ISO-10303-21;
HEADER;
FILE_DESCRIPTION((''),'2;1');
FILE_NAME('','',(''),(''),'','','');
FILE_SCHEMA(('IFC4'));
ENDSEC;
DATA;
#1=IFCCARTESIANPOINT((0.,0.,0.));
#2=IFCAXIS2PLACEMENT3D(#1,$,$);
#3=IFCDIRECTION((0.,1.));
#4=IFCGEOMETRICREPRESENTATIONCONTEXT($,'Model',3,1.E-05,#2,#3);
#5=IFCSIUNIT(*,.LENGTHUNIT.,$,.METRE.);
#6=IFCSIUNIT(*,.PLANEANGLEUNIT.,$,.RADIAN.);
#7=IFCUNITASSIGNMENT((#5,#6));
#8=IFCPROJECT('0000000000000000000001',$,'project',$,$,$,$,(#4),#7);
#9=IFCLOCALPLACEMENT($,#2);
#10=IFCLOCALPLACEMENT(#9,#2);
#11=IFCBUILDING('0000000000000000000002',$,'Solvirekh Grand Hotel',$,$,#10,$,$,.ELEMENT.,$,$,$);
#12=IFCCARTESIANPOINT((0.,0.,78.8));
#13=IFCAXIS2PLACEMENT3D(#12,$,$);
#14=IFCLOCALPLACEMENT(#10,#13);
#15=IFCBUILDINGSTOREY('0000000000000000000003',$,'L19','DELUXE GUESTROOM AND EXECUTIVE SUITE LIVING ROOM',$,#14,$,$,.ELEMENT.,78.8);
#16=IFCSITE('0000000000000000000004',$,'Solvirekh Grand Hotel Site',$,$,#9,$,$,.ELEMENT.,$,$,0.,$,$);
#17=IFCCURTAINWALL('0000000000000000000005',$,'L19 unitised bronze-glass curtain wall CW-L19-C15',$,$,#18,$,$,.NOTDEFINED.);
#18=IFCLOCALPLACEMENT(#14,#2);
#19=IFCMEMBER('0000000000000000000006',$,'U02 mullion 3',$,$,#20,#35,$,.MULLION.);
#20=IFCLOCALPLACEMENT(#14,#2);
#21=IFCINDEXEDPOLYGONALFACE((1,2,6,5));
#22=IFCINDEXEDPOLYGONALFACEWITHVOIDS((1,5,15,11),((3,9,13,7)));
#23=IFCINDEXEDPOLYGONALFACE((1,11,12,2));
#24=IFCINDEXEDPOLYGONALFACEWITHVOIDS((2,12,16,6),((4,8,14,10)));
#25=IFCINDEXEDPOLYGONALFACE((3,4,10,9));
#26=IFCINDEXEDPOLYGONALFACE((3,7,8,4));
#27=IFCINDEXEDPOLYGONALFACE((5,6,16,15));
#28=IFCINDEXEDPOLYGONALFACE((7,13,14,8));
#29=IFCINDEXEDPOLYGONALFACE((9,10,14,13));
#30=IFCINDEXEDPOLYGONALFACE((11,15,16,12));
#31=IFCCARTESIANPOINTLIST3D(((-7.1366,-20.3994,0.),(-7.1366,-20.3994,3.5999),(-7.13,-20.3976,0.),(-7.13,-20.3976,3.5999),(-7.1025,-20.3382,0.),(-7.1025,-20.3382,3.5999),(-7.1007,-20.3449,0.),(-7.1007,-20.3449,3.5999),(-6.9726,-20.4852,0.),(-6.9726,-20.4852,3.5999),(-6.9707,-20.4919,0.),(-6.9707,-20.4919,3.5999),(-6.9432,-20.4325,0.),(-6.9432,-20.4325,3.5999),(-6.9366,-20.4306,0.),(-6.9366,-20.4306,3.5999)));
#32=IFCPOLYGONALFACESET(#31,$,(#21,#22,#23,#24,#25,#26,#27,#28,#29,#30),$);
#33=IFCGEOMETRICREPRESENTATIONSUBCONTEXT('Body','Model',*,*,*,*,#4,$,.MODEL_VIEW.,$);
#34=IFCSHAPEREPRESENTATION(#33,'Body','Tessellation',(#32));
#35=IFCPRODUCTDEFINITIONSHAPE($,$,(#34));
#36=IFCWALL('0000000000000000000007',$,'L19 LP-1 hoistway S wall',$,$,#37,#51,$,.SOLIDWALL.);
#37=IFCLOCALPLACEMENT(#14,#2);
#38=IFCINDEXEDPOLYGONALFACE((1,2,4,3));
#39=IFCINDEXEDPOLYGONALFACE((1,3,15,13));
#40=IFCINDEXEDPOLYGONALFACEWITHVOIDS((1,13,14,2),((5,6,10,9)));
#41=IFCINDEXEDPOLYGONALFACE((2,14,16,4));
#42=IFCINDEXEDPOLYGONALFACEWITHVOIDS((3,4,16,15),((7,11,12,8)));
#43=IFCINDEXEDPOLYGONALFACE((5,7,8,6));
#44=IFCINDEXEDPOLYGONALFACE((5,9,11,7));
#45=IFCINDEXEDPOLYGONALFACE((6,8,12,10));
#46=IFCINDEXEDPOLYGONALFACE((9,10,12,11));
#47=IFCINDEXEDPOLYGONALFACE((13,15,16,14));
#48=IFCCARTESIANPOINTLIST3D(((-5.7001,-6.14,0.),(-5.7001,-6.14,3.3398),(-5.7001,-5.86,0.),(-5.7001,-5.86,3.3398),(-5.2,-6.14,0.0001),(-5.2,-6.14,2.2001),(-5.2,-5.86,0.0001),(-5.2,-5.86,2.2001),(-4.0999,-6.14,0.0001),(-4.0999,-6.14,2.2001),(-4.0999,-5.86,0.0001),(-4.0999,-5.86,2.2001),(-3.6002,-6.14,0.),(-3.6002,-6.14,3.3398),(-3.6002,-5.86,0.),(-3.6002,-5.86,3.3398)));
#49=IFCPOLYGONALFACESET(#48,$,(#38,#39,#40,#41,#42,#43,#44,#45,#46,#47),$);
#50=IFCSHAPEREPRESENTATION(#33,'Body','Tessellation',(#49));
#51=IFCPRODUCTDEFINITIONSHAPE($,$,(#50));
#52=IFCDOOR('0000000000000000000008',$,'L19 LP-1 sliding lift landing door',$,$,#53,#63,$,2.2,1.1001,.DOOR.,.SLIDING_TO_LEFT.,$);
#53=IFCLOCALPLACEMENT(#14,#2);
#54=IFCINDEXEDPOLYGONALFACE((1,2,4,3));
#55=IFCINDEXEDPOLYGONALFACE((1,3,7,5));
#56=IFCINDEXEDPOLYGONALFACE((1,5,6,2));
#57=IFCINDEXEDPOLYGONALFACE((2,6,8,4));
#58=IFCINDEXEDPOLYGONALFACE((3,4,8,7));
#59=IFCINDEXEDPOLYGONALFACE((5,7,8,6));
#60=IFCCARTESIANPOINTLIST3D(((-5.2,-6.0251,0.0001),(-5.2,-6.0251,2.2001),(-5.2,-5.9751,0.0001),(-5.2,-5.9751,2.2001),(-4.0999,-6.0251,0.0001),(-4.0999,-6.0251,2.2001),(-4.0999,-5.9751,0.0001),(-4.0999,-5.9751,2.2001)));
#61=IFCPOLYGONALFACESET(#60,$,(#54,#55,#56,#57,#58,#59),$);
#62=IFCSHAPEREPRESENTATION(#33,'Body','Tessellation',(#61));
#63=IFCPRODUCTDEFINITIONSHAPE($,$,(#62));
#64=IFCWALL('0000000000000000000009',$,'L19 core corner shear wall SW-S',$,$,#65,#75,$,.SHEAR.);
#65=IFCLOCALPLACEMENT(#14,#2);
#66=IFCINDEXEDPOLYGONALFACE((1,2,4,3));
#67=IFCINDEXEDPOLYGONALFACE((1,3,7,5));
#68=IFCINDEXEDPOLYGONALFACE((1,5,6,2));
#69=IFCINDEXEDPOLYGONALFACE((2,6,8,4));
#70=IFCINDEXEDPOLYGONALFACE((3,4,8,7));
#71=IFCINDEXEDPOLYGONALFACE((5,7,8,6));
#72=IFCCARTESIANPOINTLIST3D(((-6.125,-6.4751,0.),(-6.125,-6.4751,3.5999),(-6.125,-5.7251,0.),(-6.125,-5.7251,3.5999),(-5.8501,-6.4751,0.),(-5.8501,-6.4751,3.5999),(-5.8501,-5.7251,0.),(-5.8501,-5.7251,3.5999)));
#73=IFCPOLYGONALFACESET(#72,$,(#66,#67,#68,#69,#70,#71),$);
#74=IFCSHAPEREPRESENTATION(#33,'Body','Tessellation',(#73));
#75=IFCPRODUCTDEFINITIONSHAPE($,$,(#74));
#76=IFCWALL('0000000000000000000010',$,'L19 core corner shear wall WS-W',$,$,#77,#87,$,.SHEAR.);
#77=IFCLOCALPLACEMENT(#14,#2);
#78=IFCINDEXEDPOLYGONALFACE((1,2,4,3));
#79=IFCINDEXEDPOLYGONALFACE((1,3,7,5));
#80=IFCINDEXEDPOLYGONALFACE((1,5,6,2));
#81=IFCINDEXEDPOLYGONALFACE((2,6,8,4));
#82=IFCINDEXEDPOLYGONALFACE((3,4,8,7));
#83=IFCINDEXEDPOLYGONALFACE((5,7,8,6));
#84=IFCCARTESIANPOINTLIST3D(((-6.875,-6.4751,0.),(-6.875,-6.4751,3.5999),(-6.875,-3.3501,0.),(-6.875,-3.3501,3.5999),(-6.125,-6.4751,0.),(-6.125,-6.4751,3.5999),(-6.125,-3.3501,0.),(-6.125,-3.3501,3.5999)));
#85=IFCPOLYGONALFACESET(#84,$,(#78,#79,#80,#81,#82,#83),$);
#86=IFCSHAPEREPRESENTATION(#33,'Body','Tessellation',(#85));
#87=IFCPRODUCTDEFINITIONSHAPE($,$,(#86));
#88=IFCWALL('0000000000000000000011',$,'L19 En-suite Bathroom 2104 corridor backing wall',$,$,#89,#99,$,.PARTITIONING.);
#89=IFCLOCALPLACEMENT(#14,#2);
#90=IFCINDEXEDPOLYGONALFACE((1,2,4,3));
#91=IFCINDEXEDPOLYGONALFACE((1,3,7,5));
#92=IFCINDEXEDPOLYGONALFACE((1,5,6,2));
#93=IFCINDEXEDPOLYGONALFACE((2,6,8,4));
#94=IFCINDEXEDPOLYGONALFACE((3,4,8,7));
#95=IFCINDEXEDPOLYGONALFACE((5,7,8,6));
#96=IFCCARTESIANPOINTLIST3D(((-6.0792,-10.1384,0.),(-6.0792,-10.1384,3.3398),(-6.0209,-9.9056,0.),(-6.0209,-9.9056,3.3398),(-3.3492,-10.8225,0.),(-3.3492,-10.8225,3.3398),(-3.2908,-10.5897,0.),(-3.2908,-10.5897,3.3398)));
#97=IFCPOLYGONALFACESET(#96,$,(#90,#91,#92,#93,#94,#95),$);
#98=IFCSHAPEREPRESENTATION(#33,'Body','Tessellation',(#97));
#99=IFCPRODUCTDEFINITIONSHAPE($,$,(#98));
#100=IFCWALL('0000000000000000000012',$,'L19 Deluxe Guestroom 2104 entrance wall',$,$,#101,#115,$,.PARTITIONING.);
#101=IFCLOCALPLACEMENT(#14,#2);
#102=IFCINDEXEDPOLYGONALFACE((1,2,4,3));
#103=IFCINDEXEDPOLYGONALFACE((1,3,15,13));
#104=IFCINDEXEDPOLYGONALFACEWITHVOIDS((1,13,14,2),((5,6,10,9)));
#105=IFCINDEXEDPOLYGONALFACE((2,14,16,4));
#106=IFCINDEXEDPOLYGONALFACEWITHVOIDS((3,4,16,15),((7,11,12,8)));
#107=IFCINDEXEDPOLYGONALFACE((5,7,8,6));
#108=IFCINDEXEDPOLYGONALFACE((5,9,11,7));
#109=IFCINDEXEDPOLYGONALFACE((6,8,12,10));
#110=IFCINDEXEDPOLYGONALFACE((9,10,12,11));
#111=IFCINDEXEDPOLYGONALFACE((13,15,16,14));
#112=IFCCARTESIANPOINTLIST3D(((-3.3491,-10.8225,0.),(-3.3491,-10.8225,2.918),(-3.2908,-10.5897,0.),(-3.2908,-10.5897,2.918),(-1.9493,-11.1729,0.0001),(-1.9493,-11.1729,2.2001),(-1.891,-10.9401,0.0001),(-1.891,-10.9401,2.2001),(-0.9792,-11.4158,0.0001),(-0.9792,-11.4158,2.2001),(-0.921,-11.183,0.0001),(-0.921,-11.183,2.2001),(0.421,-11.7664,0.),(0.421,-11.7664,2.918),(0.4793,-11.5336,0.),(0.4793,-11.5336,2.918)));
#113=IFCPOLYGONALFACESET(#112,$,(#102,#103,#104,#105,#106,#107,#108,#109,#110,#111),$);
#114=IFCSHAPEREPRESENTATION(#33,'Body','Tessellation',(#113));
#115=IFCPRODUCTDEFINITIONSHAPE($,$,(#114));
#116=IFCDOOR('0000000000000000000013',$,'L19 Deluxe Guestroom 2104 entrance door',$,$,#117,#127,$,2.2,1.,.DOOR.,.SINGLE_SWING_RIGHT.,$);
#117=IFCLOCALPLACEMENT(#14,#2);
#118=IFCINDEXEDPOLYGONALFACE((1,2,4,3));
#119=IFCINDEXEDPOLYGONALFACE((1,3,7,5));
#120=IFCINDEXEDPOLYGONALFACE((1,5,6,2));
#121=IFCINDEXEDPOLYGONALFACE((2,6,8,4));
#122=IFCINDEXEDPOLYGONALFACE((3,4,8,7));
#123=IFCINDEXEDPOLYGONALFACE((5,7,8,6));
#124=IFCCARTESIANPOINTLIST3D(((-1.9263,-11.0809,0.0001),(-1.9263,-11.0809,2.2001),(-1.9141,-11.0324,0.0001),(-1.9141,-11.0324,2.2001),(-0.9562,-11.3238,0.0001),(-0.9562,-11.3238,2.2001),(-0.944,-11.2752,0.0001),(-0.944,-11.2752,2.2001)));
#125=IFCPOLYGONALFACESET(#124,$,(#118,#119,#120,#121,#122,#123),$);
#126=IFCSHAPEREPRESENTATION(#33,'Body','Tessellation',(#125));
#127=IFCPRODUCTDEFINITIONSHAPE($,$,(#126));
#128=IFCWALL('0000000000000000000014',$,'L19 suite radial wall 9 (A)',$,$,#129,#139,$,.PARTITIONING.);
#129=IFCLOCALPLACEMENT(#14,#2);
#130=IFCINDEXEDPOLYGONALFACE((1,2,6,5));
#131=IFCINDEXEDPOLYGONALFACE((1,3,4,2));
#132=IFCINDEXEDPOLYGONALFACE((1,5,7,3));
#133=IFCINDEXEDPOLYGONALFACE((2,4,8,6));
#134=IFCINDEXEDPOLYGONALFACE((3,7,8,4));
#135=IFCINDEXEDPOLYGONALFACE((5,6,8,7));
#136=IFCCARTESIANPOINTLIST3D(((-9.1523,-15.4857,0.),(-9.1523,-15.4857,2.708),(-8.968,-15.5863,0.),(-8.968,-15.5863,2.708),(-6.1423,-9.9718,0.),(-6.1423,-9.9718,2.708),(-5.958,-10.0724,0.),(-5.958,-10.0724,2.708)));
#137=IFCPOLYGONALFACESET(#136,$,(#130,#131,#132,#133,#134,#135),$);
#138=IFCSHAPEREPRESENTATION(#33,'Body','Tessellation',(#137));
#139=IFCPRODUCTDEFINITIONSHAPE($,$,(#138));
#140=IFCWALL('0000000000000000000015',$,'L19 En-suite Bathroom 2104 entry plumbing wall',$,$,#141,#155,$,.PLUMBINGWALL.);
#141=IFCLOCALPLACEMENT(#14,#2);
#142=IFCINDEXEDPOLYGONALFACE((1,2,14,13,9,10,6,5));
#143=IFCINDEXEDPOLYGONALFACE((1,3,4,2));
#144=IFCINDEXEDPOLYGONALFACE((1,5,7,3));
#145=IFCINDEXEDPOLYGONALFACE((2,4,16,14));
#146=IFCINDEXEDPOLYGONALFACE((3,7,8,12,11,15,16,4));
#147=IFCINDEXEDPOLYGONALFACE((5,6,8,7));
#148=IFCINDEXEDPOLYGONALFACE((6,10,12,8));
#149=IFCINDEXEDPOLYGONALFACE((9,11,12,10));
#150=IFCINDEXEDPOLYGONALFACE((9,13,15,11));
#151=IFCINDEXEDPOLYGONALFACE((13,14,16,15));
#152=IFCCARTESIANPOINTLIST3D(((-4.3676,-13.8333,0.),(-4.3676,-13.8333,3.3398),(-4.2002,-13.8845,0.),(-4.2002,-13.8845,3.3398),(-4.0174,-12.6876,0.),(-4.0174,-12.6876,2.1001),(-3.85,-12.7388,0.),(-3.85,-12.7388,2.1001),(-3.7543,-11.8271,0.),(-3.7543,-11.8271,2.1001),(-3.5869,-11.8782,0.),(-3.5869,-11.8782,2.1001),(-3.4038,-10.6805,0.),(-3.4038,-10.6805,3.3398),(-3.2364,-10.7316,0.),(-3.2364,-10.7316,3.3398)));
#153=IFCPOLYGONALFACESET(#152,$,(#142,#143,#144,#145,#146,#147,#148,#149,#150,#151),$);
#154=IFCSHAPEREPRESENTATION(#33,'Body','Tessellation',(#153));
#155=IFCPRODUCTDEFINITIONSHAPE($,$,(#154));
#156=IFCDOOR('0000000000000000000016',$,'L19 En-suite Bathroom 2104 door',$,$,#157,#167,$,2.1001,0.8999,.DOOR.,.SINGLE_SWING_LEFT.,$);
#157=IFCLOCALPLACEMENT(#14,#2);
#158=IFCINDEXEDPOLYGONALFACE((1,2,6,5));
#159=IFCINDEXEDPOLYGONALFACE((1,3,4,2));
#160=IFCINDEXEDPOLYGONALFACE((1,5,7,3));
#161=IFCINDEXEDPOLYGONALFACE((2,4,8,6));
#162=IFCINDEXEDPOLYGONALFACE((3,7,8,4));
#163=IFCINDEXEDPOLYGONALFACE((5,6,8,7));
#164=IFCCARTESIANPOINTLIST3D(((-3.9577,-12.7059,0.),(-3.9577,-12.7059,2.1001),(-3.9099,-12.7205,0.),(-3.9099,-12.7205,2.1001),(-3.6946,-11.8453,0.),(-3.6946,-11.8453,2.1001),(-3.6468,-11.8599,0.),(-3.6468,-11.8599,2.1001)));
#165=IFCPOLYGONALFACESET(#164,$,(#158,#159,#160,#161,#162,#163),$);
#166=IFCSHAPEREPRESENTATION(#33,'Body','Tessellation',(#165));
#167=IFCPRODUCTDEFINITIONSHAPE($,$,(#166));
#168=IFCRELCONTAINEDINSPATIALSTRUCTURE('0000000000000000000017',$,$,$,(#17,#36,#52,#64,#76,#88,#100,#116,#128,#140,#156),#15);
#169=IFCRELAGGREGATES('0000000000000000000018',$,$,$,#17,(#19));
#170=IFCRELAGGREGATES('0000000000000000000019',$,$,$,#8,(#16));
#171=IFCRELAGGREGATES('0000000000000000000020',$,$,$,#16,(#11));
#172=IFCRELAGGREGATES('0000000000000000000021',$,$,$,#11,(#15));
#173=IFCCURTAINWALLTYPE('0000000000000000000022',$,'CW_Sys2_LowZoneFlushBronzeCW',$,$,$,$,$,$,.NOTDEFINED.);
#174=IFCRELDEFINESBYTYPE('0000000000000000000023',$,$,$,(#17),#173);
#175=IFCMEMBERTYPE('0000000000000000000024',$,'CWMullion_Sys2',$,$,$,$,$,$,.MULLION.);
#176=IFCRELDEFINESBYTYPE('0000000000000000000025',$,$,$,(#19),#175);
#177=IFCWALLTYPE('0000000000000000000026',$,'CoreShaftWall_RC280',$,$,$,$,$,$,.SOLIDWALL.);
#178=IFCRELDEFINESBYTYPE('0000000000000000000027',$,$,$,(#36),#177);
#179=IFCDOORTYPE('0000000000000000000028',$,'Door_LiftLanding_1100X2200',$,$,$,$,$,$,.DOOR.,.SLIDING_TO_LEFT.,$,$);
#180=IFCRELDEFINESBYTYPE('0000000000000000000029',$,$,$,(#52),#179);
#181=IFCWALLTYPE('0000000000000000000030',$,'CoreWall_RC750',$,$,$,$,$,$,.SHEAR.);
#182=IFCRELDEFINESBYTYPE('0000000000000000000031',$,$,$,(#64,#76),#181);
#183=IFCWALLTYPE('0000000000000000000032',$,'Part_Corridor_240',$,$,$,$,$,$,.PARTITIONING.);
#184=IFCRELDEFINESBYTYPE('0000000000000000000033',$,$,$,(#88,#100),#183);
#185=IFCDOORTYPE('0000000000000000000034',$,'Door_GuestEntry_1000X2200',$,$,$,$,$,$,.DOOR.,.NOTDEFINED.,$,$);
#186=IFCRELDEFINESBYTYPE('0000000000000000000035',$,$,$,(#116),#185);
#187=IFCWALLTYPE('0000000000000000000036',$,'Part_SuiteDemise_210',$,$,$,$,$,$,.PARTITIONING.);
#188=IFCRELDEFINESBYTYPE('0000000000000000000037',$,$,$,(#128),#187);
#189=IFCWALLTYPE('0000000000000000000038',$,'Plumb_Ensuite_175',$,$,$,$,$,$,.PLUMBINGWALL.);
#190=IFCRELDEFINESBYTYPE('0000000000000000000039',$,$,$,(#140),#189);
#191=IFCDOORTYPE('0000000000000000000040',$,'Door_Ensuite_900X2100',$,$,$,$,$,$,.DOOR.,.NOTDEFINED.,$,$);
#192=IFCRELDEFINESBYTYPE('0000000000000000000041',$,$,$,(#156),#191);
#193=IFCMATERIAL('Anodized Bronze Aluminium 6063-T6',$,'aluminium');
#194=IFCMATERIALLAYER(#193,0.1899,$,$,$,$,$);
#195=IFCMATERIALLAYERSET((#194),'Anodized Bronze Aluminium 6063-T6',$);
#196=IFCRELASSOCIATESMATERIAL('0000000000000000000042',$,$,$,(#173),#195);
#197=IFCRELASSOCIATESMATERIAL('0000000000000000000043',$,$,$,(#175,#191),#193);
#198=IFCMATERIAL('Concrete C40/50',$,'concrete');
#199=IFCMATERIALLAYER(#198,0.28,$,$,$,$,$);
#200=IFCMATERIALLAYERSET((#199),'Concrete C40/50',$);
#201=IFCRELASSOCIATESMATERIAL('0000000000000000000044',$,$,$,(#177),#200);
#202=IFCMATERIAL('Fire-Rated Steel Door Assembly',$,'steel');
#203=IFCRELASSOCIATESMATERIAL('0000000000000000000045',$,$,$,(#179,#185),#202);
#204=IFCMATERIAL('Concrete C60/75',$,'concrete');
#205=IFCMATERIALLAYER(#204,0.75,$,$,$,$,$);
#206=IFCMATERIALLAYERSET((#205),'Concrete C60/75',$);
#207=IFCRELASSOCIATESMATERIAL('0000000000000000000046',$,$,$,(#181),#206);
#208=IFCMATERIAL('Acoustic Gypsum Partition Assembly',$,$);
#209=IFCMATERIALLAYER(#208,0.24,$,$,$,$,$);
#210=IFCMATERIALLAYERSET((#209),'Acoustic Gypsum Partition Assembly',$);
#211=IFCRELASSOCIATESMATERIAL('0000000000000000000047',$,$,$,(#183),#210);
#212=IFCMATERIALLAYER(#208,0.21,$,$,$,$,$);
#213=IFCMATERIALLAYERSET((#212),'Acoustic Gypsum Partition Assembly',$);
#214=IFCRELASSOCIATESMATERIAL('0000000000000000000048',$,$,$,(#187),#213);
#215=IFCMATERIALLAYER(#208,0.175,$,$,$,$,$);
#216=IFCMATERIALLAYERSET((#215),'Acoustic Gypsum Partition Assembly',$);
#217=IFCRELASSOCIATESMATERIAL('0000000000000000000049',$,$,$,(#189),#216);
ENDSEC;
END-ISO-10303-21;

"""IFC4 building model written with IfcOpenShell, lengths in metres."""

from ifc_helpers import new_model, si_unit, direction, frame, frame_2d, origin, origin_2d, place, context, subcontext, project, spatial, rectangle, hollow_rectangle, extrude, source, transform, mapped, material, layer, layer_set, material_profile, profile_set, type_object, element, fill, aggregate, save


model = new_model("IFC4")

# Units and contexts
model_context = context("Model", 3, precision=1e-05, world=origin(), true_north=direction((0.0, 1.0)))
body_context = subcontext(model_context, "Body", "Model", "MODEL_VIEW")
ifc_project = project(units=[si_unit("LENGTHUNIT", "METRE"), si_unit("PLANEANGLEUNIT", "RADIAN")], contexts=[model_context])

# Site, building, storey
site_placement = place(None, origin())
site = spatial("IfcSite", under=ifc_project, at=site_placement, Name="Solvirekh Grand Hotel Site", CompositionType="ELEMENT", RefElevation=0.0)
building_placement = place(site_placement, origin())
building = spatial("IfcBuilding", under=site, at=building_placement, Name="Solvirekh Grand Hotel", CompositionType="ELEMENT")
storey_placement = place(building_placement, frame((0.0, 0.0, 78.8)))
storey = spatial("IfcBuildingStorey", under=building, at=storey_placement, Name="L19", Description="DELUXE GUESTROOM AND EXECUTIVE SUITE LIVING ROOM", CompositionType="ELEMENT", Elevation=78.8)

# Shared definitions
ifc_material_1 = material(Name="Concrete C60/75", Category="concrete")

# Curtain wall, member
ifc_material_2 = material(Name="Anodized Bronze Aluminium 6063-T6", Category="aluminium")
ifc_layer_1 = layer(ifc_material_2, 0.1899)
ifc_layer_set_1 = layer_set([ifc_layer_1], Name="Anodized Bronze Aluminium 6063-T6")
curtain_wall_type = type_object("IfcCurtainWallType", Name="CW_Sys2_LowZoneFlushBronzeCW", PredefinedType="NOTDEFINED", material=ifc_layer_set_1)
curtain_wall_placement = place(storey_placement, origin())
curtain_wall = element("IfcCurtainWall", 1, at=curtain_wall_placement, inside=storey, type_object=curtain_wall_type, Name="L19 unitised bronze-glass curtain wall CW-L19-C15", PredefinedType="NOTDEFINED")
ifc_material_profile_1 = material_profile(ifc_material_2, hollow_rectangle(XDim=0.0701, YDim=0.1899, WallThickness=0.0049, at=origin_2d()), Name="ALU RHS 190X70X5")
ifc_profile_set_1 = profile_set([ifc_material_profile_1], Name="Anodized Bronze Aluminium 6063-T6")
member_type = type_object("IfcMemberType", Name="CWMullion_Sys2", PredefinedType="MULLION", material=ifc_profile_set_1)
shared_shape = source(origin(), body_context, "Body", "SweptSolid", [
    extrude(hollow_rectangle(XDim=0.0701, YDim=0.1899, WallThickness=0.0049, at=origin_2d()), origin(), (0.0, 0.0, 1.0), 3.5999),
])
member_placement = place(storey_placement, frame((-7.0366, -20.415, 0.0), z_axis=(0.0, 0.0, 1.0), x_axis=(0.486521, 0.873669, 0.0)))
member = element("IfcMember", 2, at=member_placement, type_object=member_type, Name="U02 mullion 3", PredefinedType="MULLION", context=body_context, shape_type="MappedRepresentation", body=[
    mapped(shared_shape, transform((0.0, 0.0, 0.0), x_axis=(1.0, 0.0, 0.0), y_axis=(0.0, 1.0, 0.0), z_axis=(0.0, 0.0, 1.0), scale=1.0)),
])
aggregate(curtain_wall, [member])

# Wall, opening, door
ifc_material_3 = material(Name="Concrete C40/50", Category="concrete")
ifc_layer_2 = layer(ifc_material_3, 0.28)
ifc_layer_set_2 = layer_set([ifc_layer_2], Name="Concrete C40/50")
wall_type_1 = type_object("IfcWallType", Name="CoreShaftWall_RC280", PredefinedType="SOLIDWALL", material=ifc_layer_set_2)
wall_1_placement = place(storey_placement, frame((-5.7, -6.0, 0.0), z_axis=(0.0, 0.0, 1.0), x_axis=(1.0, 0.0, 0.0)))
wall_1 = element("IfcWall", 3, at=wall_1_placement, inside=storey, type_object=wall_type_1, Name="L19 LP-1 hoistway S wall", PredefinedType="SOLIDWALL", context=body_context, shape_type="SweptSolid", body=[
    extrude(rectangle(XDim=2.0999, YDim=0.28, at=frame_2d((1.0498, 0.0))), origin(), (0.0, 0.0, 1.0), 3.3398),
])
opening_1_placement = place(wall_1_placement, frame((0.5, 0.0, 0.0)))
opening_1 = element("IfcOpeningElement", 4, at=opening_1_placement, cuts=wall_1, PredefinedType="OPENING", context=body_context, shape_type="SweptSolid", body=[
    extrude(rectangle(XDim=1.1001, YDim=2.2, at=frame_2d((0.55, 1.1001))), frame((0.0, 0.1499, 0.0), z_axis=(0.0, -1.0, 0.0), x_axis=(1.0, 0.0, 0.0)), (0.0, 0.0, 1.0), 0.3),
])
ifc_material_4 = material(Name="Fire-Rated Steel Door Assembly", Category="steel")
door_type_1 = type_object("IfcDoorType", Name="Door_LiftLanding_1100X2200", OperationType="SLIDING_TO_LEFT", PredefinedType="DOOR", material=ifc_material_4)
door_1_placement = place(opening_1_placement, origin())
door_1 = element("IfcDoor", 5, at=door_1_placement, inside=storey, type_object=door_type_1, Name="L19 LP-1 sliding lift landing door", OperationType="SLIDING_TO_LEFT", OverallHeight=2.2, OverallWidth=1.1001, PredefinedType="DOOR", context=body_context, shape_type="SweptSolid", body=[
    extrude(rectangle(XDim=1.1001, YDim=2.2, at=frame_2d((0.55, 1.1001))), frame((0.0, 0.0249, 0.0), z_axis=(0.0, -1.0, 0.0), x_axis=(1.0, 0.0, 0.0)), (0.0, 0.0, 1.0), 0.05),
])
fill(opening_1, door_1)

# Walls
ifc_layer_3 = layer(ifc_material_1, 0.75)
ifc_layer_set_3 = layer_set([ifc_layer_3], Name="Concrete C60/75")
wall_type_2 = type_object("IfcWallType", Name="CoreWall_RC750", PredefinedType="SHEAR", material=ifc_layer_set_3)
wall_2_placement = place(storey_placement, frame((-6.125, -6.1001, 0.0), z_axis=(0.0, 0.0, 1.0), x_axis=(1.0, 0.0, 0.0)))
element("IfcWall", 6, at=wall_2_placement, inside=storey, type_object=wall_type_2, Name="L19 core corner shear wall SW-S", PredefinedType="SHEAR", context=body_context, shape_type="SweptSolid", body=[
    extrude(rectangle(XDim=0.2749, YDim=0.75, at=frame_2d((0.1375, 0.0))), origin(), (0.0, 0.0, 1.0), 3.5999),
])
wall_3_placement = place(storey_placement, frame((-6.5, -6.4751, 0.0), z_axis=(0.0, 0.0, 1.0), x_axis=(0.0, 1.0, 0.0)))
element("IfcWall", 7, at=wall_3_placement, inside=storey, type_object=wall_type_2, Name="L19 core corner shear wall WS-W", PredefinedType="SHEAR", context=body_context, shape_type="SweptSolid", body=[
    extrude(rectangle(XDim=3.125, YDim=0.75, at=frame_2d((1.5625, 0.0))), origin(), (0.0, 0.0, 1.0), 3.5999),
])
ifc_material_5 = material(Name="Acoustic Gypsum Partition Assembly")
ifc_layer_4 = layer(ifc_material_5, 0.24)
ifc_layer_set_4 = layer_set([ifc_layer_4], Name="Acoustic Gypsum Partition Assembly")
wall_type_3 = type_object("IfcWallType", Name="Part_Corridor_240", PredefinedType="PARTITIONING", material=ifc_layer_set_4)
wall_4_placement = place(storey_placement, frame((-6.05, -10.022, 0.0), z_axis=(0.0, 0.0, 1.0), x_axis=(0.97001, -0.243066, 0.0)))
element("IfcWall", 8, at=wall_4_placement, inside=storey, type_object=wall_type_3, Name="L19 En-suite Bathroom 2104 corridor backing wall", PredefinedType="PARTITIONING", context=body_context, shape_type="SweptSolid", body=[
    extrude(rectangle(XDim=2.8145, YDim=0.24, at=frame_2d((1.4072, 0.0))), origin(), (0.0, 0.0, 1.0), 3.3398),
])

# Wall, opening, door
wall_5_placement = place(storey_placement, frame((-3.3201, -10.7061, 0.0), z_axis=(0.0, 0.0, 1.0), x_axis=(0.970061, -0.242861, 0.0)))
wall_5 = element("IfcWall", 9, at=wall_5_placement, inside=storey, type_object=wall_type_3, Name="L19 Deluxe Guestroom 2104 entrance wall", PredefinedType="PARTITIONING", context=body_context, shape_type="SweptSolid", body=[
    extrude(rectangle(XDim=3.8865, YDim=0.24, at=frame_2d((1.9434, 0.0))), origin(), (0.0, 0.0, 1.0), 2.918),
])
opening_2_placement = place(wall_5_placement, frame((1.4431, 0.0, 0.0)))
opening_2 = element("IfcOpeningElement", 10, at=opening_2_placement, cuts=wall_5, PredefinedType="OPENING", context=body_context, shape_type="SweptSolid", body=[
    extrude(rectangle(XDim=1.0, YDim=2.2, at=frame_2d((0.5, 1.1001))), frame((0.0, 0.1299, 0.0), z_axis=(0.0, -1.0, 0.0), x_axis=(1.0, 0.0, 0.0)), (0.0, 0.0, 1.0), 0.26),
])
door_type_2 = type_object("IfcDoorType", Name="Door_GuestEntry_1000X2200", OperationType="NOTDEFINED", PredefinedType="DOOR", material=ifc_material_4)
door_2_placement = place(opening_2_placement, origin())
door_2 = element("IfcDoor", 11, at=door_2_placement, inside=storey, type_object=door_type_2, Name="L19 Deluxe Guestroom 2104 entrance door", OperationType="SINGLE_SWING_RIGHT", OverallHeight=2.2, OverallWidth=1.0, PredefinedType="DOOR", context=body_context, shape_type="SweptSolid", body=[
    extrude(rectangle(XDim=1.0, YDim=2.2, at=frame_2d((0.5, 1.1001))), frame((0.0, 0.0249, 0.0), z_axis=(0.0, -1.0, 0.0), x_axis=(1.0, 0.0, 0.0)), (0.0, 0.0, 1.0), 0.05),
])
fill(opening_2, door_2)

# Wall
ifc_layer_5 = layer(ifc_material_5, 0.21)
ifc_layer_set_5 = layer_set([ifc_layer_5], Name="Acoustic Gypsum Partition Assembly")
wall_type_4 = type_object("IfcWallType", Name="Part_SuiteDemise_210", PredefinedType="PARTITIONING", material=ifc_layer_set_5)
wall_6_placement = place(storey_placement, frame((-6.05, -10.022, 0.0), z_axis=(0.0, 0.0, 1.0), x_axis=(-0.479149, -0.877734, 0.0)))
element("IfcWall", 12, at=wall_6_placement, inside=storey, type_object=wall_type_4, Name="L19 suite radial wall 9 (A)", PredefinedType="PARTITIONING", context=body_context, shape_type="SweptSolid", body=[
    extrude(rectangle(XDim=6.282, YDim=0.21, at=frame_2d((3.1411, 0.0))), origin(), (0.0, 0.0, 1.0), 2.708),
])

# Wall, opening, door
ifc_layer_6 = layer(ifc_material_5, 0.175)
ifc_layer_set_6 = layer_set([ifc_layer_6], Name="Acoustic Gypsum Partition Assembly")
wall_type_5 = type_object("IfcWallType", Name="Plumb_Ensuite_175", PredefinedType="PLUMBINGWALL", material=ifc_layer_set_6)
wall_7_placement = place(storey_placement, frame((-3.3201, -10.7061, 0.0), z_axis=(0.0, 0.0, 1.0), x_axis=(-0.292358, -0.956309, 0.0)))
wall_7 = element("IfcWall", 13, at=wall_7_placement, inside=storey, type_object=wall_type_5, Name="L19 En-suite Bathroom 2104 entry plumbing wall", PredefinedType="PLUMBINGWALL", context=body_context, shape_type="SweptSolid", body=[
    extrude(rectangle(XDim=3.2969, YDim=0.175, at=frame_2d((1.6484, 0.0))), origin(), (0.0, 0.0, 1.0), 3.3398),
])
opening_3_placement = place(wall_7_placement, frame((1.199, 0.0, 0.0)))
opening_3 = element("IfcOpeningElement", 14, at=opening_3_placement, cuts=wall_7, PredefinedType="OPENING", context=body_context, shape_type="SweptSolid", body=[
    extrude(rectangle(XDim=0.8999, YDim=2.1001, at=frame_2d((0.45, 1.05))), frame((0.0, 0.0977, 0.0), z_axis=(0.0, -1.0, 0.0), x_axis=(1.0, 0.0, 0.0)), (0.0, 0.0, 1.0), 0.1951),
])
door_type_3 = type_object("IfcDoorType", Name="Door_Ensuite_900X2100", OperationType="NOTDEFINED", PredefinedType="DOOR", material=ifc_material_2)
door_3_placement = place(opening_3_placement, origin())
door_3 = element("IfcDoor", 15, at=door_3_placement, inside=storey, type_object=door_type_3, Name="L19 En-suite Bathroom 2104 door", OperationType="SINGLE_SWING_LEFT", OverallHeight=2.1001, OverallWidth=0.8999, PredefinedType="DOOR", context=body_context, shape_type="SweptSolid", body=[
    extrude(rectangle(XDim=0.8999, YDim=2.1001, at=frame_2d((0.45, 1.05))), frame((0.0, 0.0249, 0.0), z_axis=(0.0, -1.0, 0.0), x_axis=(1.0, 0.0, 0.0)), (0.0, 0.0, 1.0), 0.05),
])
fill(opening_3, door_3)

save(model, "model.ifc")
